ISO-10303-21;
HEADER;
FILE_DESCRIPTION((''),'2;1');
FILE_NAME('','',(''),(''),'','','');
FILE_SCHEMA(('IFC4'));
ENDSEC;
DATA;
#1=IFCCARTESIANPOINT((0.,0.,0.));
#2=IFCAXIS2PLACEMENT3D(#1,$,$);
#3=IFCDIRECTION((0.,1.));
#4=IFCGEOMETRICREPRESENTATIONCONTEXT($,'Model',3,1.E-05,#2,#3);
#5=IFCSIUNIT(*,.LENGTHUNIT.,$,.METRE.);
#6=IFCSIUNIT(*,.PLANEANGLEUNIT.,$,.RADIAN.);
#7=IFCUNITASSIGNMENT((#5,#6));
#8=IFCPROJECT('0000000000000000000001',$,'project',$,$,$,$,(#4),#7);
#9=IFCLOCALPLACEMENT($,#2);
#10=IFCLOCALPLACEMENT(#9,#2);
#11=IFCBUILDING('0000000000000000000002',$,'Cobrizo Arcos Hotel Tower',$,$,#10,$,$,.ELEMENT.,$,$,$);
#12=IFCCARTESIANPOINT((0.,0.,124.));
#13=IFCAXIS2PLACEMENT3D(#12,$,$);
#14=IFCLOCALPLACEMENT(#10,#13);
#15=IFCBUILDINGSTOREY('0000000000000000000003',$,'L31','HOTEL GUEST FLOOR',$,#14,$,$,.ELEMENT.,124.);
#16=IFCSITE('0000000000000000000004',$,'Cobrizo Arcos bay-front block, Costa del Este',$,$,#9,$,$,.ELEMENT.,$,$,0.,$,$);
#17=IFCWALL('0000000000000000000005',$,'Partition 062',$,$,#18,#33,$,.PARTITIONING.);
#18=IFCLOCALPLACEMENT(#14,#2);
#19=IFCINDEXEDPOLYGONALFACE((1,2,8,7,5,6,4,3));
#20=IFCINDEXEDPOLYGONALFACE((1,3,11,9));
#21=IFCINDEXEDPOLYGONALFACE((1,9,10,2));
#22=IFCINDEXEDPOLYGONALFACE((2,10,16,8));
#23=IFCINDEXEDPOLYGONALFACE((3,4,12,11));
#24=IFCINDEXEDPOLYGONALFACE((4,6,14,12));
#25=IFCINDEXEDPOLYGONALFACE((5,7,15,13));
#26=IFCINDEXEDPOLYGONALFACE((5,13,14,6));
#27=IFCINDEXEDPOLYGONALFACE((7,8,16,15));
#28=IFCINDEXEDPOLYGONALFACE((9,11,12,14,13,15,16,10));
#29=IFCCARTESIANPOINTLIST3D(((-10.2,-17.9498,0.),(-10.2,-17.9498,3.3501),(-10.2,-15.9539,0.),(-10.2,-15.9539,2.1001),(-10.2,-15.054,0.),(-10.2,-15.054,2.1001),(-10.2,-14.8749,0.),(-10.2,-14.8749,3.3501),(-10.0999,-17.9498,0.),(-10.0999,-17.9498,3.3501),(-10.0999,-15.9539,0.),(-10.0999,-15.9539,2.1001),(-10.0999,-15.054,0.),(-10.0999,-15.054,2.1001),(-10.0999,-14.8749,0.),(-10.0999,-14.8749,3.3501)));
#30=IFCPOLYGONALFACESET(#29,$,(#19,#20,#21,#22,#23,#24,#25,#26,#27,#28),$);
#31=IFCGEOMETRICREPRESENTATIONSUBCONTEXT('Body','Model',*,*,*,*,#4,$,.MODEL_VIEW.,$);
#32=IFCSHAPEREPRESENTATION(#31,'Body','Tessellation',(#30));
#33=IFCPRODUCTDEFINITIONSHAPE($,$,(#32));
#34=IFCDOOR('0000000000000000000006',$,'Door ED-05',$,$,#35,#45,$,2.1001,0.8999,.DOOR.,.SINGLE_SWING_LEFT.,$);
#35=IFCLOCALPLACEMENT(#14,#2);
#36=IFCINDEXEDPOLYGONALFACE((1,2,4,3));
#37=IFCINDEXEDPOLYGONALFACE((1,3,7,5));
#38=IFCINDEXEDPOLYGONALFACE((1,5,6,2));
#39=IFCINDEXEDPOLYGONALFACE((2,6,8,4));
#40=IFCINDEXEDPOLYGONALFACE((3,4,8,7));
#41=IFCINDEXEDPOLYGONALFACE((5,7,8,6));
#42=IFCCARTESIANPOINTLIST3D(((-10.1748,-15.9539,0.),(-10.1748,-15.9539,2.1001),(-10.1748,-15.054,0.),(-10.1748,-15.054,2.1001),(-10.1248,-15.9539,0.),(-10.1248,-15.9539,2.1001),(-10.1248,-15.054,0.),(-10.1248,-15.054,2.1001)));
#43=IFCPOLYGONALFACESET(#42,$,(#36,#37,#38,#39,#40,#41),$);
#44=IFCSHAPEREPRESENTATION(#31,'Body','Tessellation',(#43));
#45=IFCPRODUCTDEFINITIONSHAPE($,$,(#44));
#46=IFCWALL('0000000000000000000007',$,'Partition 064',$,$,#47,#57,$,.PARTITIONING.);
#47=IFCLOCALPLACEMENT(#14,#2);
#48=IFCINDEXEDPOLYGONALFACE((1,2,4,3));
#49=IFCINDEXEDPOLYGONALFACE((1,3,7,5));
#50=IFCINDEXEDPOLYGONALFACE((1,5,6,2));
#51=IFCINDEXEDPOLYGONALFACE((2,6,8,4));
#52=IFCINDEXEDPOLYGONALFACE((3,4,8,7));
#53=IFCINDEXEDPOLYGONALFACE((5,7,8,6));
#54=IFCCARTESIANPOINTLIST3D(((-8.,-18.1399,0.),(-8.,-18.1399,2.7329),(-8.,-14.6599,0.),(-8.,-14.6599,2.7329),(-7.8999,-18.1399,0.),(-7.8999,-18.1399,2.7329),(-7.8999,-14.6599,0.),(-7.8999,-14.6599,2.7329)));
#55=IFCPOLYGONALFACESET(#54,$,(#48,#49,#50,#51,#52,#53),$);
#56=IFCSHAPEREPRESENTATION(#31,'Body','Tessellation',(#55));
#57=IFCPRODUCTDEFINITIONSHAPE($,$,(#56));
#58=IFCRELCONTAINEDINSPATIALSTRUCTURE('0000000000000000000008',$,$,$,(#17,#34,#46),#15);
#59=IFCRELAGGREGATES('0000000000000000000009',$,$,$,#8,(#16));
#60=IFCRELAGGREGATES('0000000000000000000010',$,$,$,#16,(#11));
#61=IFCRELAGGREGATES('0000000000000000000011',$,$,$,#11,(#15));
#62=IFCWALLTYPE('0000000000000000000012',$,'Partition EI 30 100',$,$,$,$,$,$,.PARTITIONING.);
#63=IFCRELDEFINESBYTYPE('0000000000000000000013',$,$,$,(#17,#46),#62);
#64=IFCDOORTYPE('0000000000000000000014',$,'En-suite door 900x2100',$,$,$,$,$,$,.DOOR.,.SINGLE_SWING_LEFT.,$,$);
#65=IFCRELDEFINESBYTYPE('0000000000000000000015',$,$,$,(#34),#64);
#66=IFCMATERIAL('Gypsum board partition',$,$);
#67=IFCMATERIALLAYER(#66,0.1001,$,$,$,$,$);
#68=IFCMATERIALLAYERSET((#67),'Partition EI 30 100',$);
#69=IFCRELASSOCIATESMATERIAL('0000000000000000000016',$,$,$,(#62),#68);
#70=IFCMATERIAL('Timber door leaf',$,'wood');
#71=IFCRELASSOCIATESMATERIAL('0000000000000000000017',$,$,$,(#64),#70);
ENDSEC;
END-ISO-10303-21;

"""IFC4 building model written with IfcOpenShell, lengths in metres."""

from ifc_helpers import new_model, si_unit, direction, frame, frame_2d, origin, place, context, subcontext, project, spatial, rectangle, extrude, material, layer, layer_set, type_object, element, fill, save


model = new_model("IFC4")

# Units and contexts
model_context = context("Model", 3, precision=1e-05, world=origin(), true_north=direction((0.0, 1.0)))
body_context = subcontext(model_context, "Body", "Model", "MODEL_VIEW")
ifc_project = project(units=[si_unit("LENGTHUNIT", "METRE"), si_unit("PLANEANGLEUNIT", "RADIAN")], contexts=[model_context])

# Site, building, storey
site_placement = place(None, origin())
site = spatial("IfcSite", under=ifc_project, at=site_placement, Name="Cobrizo Arcos bay-front block, Costa del Este", CompositionType="ELEMENT", RefElevation=0.0)
building_placement = place(site_placement, origin())
building = spatial("IfcBuilding", under=site, at=building_placement, Name="Cobrizo Arcos Hotel Tower", CompositionType="ELEMENT")
storey_placement = place(building_placement, frame((0.0, 0.0, 124.0)))
storey = spatial("IfcBuildingStorey", under=building, at=storey_placement, Name="L31", Description="HOTEL GUEST FLOOR", CompositionType="ELEMENT", Elevation=124.0)

# Shared definitions
ifc_material_1 = material(Name="Gypsum board partition")
ifc_layer_1 = layer(ifc_material_1, 0.1001)
ifc_layer_set_1 = layer_set([ifc_layer_1], Name="Partition EI 30 100")
wall_type = type_object("IfcWallType", Name="Partition EI 30 100", PredefinedType="PARTITIONING", material=ifc_layer_set_1)

# Wall, opening, door
wall_1_placement = place(storey_placement, frame((-10.1499, -17.95, 0.0), z_axis=(0.0, 0.0, 1.0), x_axis=(0.0, 1.0, 0.0)))
wall_1 = element("IfcWall", 1, at=wall_1_placement, inside=storey, type_object=wall_type, Name="Partition 062", PredefinedType="PARTITIONING", context=body_context, shape_type="SweptSolid", body=[
    extrude(rectangle(XDim=3.075, YDim=0.1001, at=frame_2d((1.5376, 0.0))), origin(), (0.0, 0.0, 1.0), 3.3501),
])
opening_placement = place(wall_1_placement, frame((1.9961, 0.0, 0.0)))
opening = element("IfcOpeningElement", 2, at=opening_placement, cuts=wall_1, PredefinedType="OPENING", context=body_context, shape_type="SweptSolid", body=[
    extrude(rectangle(XDim=0.8999, YDim=2.1001, at=frame_2d((0.45, 1.05))), frame((0.0, 0.062, 0.0), z_axis=(0.0, -1.0, 0.0), x_axis=(1.0, 0.0, 0.0)), (0.0, 0.0, 1.0), 0.124),
])
ifc_material_2 = material(Name="Timber door leaf", Category="wood")
door_type = type_object("IfcDoorType", Name="En-suite door 900x2100", OperationType="SINGLE_SWING_LEFT", PredefinedType="DOOR", material=ifc_material_2)
door_placement = place(opening_placement, origin())
door = element("IfcDoor", 3, at=door_placement, inside=storey, type_object=door_type, Name="Door ED-05", OperationType="SINGLE_SWING_LEFT", OverallHeight=2.1001, OverallWidth=0.8999, PredefinedType="DOOR", context=body_context, shape_type="SweptSolid", body=[
    extrude(rectangle(XDim=0.8999, YDim=2.1001, at=frame_2d((0.45, 1.05))), frame((0.0, 0.0249, 0.0), z_axis=(0.0, -1.0, 0.0), x_axis=(1.0, 0.0, 0.0)), (0.0, 0.0, 1.0), 0.05),
])
fill(opening, door)

# Wall
wall_2_placement = place(storey_placement, frame((-7.95, -18.1399, 0.0), z_axis=(0.0, 0.0, 1.0), x_axis=(0.0, 1.0, 0.0)))
element("IfcWall", 4, at=wall_2_placement, inside=storey, type_object=wall_type, Name="Partition 064", PredefinedType="PARTITIONING", context=body_context, shape_type="SweptSolid", body=[
    extrude(rectangle(XDim=3.48, YDim=0.1001, at=frame_2d((1.74, 0.0))), origin(), (0.0, 0.0, 1.0), 2.7329),
])

save(model, "model.ifc")
